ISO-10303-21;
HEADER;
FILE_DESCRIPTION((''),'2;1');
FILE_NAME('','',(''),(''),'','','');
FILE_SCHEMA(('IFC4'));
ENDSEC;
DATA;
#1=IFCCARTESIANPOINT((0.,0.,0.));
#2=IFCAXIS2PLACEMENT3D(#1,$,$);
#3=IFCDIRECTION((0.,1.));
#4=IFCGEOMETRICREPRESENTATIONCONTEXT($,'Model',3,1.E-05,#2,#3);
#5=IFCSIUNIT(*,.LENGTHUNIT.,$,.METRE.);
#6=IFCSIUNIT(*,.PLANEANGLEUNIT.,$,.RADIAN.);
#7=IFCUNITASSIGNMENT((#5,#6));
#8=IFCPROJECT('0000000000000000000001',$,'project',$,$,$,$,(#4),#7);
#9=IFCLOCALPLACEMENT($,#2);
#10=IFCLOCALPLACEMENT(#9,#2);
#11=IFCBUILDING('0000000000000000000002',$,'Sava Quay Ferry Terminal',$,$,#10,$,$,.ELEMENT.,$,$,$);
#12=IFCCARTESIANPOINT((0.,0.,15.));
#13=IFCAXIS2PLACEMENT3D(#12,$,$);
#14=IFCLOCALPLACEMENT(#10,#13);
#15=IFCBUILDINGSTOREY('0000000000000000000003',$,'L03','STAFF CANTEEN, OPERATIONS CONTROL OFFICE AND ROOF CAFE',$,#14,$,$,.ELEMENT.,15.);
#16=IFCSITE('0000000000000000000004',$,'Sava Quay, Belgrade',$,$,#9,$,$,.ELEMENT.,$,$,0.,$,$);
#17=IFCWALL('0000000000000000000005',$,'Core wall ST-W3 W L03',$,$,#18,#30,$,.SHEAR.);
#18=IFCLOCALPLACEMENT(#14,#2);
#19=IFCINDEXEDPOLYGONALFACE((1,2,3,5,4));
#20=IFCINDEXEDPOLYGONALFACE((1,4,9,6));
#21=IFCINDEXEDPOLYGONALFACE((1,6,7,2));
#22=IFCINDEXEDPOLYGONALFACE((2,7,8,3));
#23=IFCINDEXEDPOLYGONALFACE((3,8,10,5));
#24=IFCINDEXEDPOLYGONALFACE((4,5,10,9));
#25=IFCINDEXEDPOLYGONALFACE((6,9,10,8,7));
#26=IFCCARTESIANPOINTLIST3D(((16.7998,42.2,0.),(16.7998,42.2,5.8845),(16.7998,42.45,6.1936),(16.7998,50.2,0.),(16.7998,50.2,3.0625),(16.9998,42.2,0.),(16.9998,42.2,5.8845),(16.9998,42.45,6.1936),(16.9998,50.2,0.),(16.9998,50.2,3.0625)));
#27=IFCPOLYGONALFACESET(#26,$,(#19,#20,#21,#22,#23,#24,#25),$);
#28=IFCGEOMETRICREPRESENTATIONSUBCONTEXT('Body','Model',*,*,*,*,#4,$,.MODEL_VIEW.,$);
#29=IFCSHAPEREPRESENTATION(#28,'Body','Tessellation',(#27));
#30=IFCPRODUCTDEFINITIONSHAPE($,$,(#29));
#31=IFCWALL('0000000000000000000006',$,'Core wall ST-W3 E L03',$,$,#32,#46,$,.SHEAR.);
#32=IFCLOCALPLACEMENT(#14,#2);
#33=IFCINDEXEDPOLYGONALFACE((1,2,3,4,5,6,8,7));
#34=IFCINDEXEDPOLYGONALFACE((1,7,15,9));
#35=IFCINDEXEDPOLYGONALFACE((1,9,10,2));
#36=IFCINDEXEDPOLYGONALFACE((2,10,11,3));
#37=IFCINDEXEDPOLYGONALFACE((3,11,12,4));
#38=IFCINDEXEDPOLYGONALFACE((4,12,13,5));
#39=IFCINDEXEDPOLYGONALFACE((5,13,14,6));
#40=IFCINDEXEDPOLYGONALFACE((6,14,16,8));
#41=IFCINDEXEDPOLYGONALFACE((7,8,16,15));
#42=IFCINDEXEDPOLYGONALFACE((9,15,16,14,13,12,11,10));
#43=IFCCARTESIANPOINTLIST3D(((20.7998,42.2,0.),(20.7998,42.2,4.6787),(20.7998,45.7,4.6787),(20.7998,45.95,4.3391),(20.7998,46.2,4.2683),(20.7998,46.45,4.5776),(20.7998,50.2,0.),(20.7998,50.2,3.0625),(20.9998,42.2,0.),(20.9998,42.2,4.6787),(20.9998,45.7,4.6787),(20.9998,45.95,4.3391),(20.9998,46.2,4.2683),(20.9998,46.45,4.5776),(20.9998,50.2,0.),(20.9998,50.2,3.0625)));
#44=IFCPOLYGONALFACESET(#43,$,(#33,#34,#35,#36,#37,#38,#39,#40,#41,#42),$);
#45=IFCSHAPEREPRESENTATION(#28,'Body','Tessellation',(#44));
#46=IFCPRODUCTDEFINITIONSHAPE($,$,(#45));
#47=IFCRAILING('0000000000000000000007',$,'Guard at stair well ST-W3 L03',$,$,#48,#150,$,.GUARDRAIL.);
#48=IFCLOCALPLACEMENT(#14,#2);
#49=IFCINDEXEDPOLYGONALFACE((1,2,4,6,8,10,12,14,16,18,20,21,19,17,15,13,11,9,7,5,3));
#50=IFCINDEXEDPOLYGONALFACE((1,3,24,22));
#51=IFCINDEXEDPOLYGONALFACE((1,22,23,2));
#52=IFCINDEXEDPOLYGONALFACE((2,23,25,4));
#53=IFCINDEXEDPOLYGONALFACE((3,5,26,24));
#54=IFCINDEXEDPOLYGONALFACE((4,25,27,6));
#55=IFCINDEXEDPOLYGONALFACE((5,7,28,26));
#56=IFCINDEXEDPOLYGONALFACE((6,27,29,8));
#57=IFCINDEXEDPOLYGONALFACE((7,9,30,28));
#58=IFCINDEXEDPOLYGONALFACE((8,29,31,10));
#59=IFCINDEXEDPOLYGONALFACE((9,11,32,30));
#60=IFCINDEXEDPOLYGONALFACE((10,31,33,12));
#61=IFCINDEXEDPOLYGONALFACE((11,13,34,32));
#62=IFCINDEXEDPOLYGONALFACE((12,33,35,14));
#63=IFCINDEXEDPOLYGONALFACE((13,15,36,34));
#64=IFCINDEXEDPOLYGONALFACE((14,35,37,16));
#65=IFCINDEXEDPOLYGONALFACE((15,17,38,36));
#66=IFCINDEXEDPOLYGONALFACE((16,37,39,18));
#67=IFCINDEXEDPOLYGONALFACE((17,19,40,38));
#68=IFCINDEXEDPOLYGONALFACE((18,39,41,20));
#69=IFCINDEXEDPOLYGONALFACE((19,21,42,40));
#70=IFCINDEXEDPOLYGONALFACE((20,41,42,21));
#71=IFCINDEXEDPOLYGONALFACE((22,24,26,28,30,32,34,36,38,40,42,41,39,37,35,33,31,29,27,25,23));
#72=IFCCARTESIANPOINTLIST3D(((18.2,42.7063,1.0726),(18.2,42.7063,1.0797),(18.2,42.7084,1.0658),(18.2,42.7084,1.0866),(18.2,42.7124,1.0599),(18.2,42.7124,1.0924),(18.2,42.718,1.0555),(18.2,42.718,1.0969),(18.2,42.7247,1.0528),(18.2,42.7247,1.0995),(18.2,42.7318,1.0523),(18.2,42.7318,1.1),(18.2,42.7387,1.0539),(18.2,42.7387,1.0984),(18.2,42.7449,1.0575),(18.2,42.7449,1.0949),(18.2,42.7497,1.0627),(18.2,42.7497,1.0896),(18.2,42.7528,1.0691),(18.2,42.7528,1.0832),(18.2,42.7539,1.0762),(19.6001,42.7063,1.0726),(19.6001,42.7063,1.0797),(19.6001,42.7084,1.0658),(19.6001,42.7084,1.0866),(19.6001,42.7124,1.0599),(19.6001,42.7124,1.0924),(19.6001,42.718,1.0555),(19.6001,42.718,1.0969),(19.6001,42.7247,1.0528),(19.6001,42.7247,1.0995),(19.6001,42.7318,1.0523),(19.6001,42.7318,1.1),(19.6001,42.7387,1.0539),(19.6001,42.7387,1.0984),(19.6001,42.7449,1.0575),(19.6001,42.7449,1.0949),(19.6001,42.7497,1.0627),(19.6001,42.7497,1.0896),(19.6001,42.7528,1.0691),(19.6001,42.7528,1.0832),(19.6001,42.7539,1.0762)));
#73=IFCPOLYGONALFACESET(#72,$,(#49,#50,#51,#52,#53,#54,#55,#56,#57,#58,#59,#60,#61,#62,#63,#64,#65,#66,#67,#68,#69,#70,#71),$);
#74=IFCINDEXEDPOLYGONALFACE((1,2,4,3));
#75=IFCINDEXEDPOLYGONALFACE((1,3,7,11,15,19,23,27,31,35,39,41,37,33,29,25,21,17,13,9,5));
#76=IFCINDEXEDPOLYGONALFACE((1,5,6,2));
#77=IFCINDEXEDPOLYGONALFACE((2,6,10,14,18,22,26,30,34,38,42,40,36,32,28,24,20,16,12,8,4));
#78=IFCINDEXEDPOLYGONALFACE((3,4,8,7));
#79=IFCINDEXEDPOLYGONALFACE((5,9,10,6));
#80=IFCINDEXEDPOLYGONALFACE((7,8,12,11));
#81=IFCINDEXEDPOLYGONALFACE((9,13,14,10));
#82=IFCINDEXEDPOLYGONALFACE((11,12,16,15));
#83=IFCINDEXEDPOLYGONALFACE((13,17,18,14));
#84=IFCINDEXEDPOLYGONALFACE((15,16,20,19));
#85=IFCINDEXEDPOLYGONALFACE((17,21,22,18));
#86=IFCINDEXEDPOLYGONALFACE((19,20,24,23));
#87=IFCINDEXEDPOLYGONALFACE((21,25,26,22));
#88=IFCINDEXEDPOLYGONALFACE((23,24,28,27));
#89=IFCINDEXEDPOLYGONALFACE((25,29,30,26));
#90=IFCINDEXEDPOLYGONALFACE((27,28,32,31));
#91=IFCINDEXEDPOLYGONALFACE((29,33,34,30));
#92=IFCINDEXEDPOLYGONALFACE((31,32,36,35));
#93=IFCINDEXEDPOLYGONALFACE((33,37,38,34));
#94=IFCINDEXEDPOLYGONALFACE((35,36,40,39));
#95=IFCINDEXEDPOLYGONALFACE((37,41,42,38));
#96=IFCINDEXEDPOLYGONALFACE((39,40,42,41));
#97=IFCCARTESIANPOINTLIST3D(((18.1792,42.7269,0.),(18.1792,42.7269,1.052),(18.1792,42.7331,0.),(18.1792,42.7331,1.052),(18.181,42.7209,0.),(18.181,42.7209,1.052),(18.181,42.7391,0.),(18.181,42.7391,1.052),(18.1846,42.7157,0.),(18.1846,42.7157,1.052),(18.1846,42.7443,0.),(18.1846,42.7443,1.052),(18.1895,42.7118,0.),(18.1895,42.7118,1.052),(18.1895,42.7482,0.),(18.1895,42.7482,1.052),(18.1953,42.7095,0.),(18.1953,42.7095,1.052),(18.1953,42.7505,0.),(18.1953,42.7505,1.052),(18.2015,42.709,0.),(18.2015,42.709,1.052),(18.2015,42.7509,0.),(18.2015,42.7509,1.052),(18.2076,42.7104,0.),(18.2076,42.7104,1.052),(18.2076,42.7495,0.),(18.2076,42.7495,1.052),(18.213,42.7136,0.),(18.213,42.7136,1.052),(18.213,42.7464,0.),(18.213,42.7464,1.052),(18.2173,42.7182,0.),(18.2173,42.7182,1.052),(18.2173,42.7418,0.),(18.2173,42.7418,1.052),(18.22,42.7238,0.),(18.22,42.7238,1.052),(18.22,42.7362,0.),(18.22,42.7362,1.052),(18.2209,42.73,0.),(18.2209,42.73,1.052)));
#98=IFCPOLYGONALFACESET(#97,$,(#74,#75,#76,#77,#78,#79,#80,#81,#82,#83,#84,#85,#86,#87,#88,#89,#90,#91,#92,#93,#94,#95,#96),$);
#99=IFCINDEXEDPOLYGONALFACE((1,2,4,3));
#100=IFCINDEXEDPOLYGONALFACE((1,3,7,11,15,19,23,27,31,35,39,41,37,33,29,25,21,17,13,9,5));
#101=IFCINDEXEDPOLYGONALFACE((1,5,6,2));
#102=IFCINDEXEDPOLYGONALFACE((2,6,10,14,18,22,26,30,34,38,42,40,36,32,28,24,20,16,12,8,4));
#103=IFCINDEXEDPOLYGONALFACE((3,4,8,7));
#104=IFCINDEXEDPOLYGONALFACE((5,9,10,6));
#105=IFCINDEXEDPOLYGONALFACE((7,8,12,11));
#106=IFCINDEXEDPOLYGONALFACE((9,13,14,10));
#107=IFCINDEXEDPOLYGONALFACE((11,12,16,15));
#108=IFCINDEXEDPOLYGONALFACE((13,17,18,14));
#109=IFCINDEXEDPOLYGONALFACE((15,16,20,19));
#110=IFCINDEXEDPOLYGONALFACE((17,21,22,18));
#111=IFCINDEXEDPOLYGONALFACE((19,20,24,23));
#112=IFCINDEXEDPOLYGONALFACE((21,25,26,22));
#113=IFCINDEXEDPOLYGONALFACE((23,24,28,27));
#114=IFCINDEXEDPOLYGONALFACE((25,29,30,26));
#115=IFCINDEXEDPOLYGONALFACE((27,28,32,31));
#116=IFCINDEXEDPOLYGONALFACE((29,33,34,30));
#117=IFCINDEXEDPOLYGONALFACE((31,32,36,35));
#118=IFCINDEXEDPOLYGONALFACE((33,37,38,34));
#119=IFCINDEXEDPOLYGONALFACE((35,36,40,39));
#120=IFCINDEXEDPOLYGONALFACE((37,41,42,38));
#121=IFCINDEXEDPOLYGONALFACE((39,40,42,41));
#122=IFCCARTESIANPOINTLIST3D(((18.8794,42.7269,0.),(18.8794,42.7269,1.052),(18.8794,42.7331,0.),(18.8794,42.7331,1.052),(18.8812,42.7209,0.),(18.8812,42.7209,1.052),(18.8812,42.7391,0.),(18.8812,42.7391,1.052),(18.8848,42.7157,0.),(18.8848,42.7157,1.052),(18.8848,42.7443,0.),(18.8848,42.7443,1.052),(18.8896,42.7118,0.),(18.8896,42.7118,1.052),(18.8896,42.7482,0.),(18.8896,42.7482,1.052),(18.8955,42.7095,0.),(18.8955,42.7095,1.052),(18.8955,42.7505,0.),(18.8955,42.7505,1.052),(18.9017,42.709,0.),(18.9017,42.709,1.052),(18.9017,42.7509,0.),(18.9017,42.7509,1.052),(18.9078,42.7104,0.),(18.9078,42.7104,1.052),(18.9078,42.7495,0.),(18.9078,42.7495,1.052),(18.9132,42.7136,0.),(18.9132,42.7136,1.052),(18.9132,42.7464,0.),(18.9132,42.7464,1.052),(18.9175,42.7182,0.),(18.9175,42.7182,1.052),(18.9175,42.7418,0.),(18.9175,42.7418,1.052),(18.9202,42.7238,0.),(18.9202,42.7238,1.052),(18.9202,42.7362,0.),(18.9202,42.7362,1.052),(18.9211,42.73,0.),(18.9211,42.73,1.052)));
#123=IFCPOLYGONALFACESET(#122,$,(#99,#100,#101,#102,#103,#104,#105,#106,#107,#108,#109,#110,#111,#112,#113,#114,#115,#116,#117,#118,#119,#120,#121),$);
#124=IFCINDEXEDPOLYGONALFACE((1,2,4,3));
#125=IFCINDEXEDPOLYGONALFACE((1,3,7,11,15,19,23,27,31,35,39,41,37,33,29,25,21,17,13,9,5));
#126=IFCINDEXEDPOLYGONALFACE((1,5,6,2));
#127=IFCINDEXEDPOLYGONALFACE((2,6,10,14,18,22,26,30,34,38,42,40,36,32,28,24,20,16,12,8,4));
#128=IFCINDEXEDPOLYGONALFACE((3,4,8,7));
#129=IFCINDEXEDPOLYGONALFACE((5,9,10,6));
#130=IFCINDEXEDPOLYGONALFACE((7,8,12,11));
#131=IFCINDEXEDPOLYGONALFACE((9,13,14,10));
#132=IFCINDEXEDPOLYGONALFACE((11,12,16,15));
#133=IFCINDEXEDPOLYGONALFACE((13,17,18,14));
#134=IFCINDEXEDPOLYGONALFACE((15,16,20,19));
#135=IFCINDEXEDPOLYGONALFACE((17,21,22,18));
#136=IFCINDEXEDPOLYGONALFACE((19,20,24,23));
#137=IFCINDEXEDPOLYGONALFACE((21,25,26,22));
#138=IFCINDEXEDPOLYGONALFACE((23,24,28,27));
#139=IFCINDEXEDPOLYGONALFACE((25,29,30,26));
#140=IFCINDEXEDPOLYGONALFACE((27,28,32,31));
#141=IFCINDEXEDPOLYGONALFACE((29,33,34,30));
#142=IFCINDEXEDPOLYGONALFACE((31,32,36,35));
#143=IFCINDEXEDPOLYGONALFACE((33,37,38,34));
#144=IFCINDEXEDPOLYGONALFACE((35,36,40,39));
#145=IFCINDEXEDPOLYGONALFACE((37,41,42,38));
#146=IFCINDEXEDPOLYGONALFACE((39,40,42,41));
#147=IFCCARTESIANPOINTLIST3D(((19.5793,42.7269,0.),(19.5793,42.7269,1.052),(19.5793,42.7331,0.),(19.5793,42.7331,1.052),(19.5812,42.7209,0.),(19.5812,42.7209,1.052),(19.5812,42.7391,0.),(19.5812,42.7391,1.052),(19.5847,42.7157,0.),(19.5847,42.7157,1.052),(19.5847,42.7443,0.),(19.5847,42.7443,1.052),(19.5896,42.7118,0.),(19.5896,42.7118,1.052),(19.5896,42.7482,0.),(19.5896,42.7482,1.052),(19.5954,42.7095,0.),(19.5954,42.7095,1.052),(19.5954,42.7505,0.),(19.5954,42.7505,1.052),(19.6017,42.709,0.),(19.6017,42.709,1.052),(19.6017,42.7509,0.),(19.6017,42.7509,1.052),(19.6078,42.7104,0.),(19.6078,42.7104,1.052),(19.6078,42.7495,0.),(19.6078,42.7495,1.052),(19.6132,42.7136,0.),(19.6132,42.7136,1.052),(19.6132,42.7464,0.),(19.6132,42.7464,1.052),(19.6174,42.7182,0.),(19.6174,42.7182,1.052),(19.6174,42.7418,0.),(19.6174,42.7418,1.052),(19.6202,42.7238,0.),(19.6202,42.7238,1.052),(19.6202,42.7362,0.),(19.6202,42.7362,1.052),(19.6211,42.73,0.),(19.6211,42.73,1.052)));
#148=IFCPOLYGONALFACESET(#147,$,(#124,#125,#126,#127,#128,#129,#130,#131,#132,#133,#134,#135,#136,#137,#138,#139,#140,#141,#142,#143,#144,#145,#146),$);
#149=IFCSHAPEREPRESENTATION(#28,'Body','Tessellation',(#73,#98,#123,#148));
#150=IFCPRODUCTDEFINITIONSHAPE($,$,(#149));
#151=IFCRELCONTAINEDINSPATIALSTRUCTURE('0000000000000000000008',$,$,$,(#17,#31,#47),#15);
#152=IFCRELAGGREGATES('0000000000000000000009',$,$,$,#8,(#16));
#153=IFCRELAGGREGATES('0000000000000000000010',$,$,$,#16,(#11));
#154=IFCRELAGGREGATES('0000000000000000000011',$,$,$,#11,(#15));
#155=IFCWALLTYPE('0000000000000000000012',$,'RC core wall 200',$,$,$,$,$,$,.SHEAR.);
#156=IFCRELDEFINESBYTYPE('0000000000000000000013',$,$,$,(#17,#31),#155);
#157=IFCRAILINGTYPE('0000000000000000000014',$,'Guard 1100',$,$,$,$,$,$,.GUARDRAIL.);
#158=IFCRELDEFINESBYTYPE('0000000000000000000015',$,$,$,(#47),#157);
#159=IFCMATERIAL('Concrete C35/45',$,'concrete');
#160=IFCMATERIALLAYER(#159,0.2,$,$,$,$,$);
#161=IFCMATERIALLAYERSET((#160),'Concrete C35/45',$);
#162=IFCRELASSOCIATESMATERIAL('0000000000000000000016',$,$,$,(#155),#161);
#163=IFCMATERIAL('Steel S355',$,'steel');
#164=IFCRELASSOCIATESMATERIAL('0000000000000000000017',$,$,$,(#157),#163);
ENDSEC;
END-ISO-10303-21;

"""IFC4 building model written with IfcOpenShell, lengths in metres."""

from ifc_helpers import new_model, si_unit, direction, frame, origin, origin_2d, place, context, subcontext, project, spatial, polyline, circle, outline, extrude, material, layer, layer_set, type_object, element, save


model = new_model("IFC4")

# Units and contexts
model_context = context("Model", 3, precision=1e-05, world=origin(), true_north=direction((0.0, 1.0)))
body_context = subcontext(model_context, "Body", "Model", "MODEL_VIEW")
ifc_project = project(units=[si_unit("LENGTHUNIT", "METRE"), si_unit("PLANEANGLEUNIT", "RADIAN")], contexts=[model_context])

# Site, building, storey
site_placement = place(None, origin())
site = spatial("IfcSite", under=ifc_project, at=site_placement, Name="Sava Quay, Belgrade", CompositionType="ELEMENT", RefElevation=0.0)
building_placement = place(site_placement, origin())
building = spatial("IfcBuilding", under=site, at=building_placement, Name="Sava Quay Ferry Terminal", CompositionType="ELEMENT")
storey_placement = place(building_placement, frame((0.0, 0.0, 15.0)))
storey = spatial("IfcBuildingStorey", under=building, at=storey_placement, Name="L03", Description="STAFF CANTEEN, OPERATIONS CONTROL OFFICE AND ROOF CAFE", CompositionType="ELEMENT", Elevation=15.0)

# Shared definitions
ifc_material_1 = material(Name="Concrete C35/45", Category="concrete")
ifc_layer_1 = layer(ifc_material_1, 0.2)
ifc_layer_set_1 = layer_set([ifc_layer_1], Name="Concrete C35/45")
wall_type_1 = type_object("IfcWallType", Name="RC core wall 200", PredefinedType="SHEAR", material=ifc_layer_set_1)

# Walls
wall_1_placement = place(storey_placement, frame((16.8999, 42.2, 0.0), z_axis=(0.0, 0.0, 1.0), x_axis=(0.0, 1.0, 0.0)))
element("IfcWall", 1, at=wall_1_placement, inside=storey, type_object=wall_type_1, Name="Core wall ST-W3 W L03", PredefinedType="SHEAR", context=body_context, shape_type="SweptSolid", body=[
    extrude(outline(polyline([(0.0, 0.0), (8.0, 0.0), (8.0, 3.0625), (0.25, 6.1936), (0.0, 5.8845), (0.0, 0.0)])), frame((0.0, 0.1001, 0.0), z_axis=(0.0, -1.0, 0.0), x_axis=(1.0, 0.0, 0.0)), (0.0, 0.0, 1.0), 0.2),
])
wall_2_placement = place(storey_placement, frame((20.8999, 42.2, 0.0), z_axis=(0.0, 0.0, 1.0), x_axis=(0.0, 1.0, 0.0)))
element("IfcWall", 2, at=wall_2_placement, inside=storey, type_object=wall_type_1, Name="Core wall ST-W3 E L03", PredefinedType="SHEAR", context=body_context, shape_type="SweptSolid", body=[
    extrude(outline(polyline([(0.0, 0.0), (8.0, 0.0), (8.0, 3.0625), (4.25, 4.5776), (4.0, 4.2683), (3.75, 4.3391), (3.5, 4.6787), (0.0, 4.6787), (0.0, 0.0)])), frame((0.0, 0.1001, 0.0), z_axis=(0.0, -1.0, 0.0), x_axis=(1.0, 0.0, 0.0)), (0.0, 0.0, 1.0), 0.2),
])

# Railing
ifc_material_2 = material(Name="Steel S355", Category="steel")
railing_type = type_object("IfcRailingType", Name="Guard 1100", PredefinedType="GUARDRAIL", material=ifc_material_2)
railing_placement = place(storey_placement, frame((18.2, 42.73, 0.0)))
element("IfcRailing", 3, at=railing_placement, inside=storey, type_object=railing_type, Name="Guard at stair well ST-W3 L03", PredefinedType="GUARDRAIL", context=body_context, shape_type="SweptSolid", body=[
    extrude(circle(Radius=0.0239, at=origin_2d()), frame((0.0, 0.0, 1.0762), z_axis=(1.0, 0.0, 0.0), x_axis=(0.0, 1.0, 0.0)), (0.0, 0.0, 1.0), 1.4001),
    extrude(circle(Radius=0.021, at=origin_2d()), origin(), (0.0, 0.0, 1.0), 1.052),
    extrude(circle(Radius=0.021, at=origin_2d()), frame((0.7002, 0.0, 0.0)), (0.0, 0.0, 1.0), 1.052),
    extrude(circle(Radius=0.021, at=origin_2d()), frame((1.4001, 0.0, 0.0)), (0.0, 0.0, 1.0), 1.052),
])

save(model, "model.ifc")
